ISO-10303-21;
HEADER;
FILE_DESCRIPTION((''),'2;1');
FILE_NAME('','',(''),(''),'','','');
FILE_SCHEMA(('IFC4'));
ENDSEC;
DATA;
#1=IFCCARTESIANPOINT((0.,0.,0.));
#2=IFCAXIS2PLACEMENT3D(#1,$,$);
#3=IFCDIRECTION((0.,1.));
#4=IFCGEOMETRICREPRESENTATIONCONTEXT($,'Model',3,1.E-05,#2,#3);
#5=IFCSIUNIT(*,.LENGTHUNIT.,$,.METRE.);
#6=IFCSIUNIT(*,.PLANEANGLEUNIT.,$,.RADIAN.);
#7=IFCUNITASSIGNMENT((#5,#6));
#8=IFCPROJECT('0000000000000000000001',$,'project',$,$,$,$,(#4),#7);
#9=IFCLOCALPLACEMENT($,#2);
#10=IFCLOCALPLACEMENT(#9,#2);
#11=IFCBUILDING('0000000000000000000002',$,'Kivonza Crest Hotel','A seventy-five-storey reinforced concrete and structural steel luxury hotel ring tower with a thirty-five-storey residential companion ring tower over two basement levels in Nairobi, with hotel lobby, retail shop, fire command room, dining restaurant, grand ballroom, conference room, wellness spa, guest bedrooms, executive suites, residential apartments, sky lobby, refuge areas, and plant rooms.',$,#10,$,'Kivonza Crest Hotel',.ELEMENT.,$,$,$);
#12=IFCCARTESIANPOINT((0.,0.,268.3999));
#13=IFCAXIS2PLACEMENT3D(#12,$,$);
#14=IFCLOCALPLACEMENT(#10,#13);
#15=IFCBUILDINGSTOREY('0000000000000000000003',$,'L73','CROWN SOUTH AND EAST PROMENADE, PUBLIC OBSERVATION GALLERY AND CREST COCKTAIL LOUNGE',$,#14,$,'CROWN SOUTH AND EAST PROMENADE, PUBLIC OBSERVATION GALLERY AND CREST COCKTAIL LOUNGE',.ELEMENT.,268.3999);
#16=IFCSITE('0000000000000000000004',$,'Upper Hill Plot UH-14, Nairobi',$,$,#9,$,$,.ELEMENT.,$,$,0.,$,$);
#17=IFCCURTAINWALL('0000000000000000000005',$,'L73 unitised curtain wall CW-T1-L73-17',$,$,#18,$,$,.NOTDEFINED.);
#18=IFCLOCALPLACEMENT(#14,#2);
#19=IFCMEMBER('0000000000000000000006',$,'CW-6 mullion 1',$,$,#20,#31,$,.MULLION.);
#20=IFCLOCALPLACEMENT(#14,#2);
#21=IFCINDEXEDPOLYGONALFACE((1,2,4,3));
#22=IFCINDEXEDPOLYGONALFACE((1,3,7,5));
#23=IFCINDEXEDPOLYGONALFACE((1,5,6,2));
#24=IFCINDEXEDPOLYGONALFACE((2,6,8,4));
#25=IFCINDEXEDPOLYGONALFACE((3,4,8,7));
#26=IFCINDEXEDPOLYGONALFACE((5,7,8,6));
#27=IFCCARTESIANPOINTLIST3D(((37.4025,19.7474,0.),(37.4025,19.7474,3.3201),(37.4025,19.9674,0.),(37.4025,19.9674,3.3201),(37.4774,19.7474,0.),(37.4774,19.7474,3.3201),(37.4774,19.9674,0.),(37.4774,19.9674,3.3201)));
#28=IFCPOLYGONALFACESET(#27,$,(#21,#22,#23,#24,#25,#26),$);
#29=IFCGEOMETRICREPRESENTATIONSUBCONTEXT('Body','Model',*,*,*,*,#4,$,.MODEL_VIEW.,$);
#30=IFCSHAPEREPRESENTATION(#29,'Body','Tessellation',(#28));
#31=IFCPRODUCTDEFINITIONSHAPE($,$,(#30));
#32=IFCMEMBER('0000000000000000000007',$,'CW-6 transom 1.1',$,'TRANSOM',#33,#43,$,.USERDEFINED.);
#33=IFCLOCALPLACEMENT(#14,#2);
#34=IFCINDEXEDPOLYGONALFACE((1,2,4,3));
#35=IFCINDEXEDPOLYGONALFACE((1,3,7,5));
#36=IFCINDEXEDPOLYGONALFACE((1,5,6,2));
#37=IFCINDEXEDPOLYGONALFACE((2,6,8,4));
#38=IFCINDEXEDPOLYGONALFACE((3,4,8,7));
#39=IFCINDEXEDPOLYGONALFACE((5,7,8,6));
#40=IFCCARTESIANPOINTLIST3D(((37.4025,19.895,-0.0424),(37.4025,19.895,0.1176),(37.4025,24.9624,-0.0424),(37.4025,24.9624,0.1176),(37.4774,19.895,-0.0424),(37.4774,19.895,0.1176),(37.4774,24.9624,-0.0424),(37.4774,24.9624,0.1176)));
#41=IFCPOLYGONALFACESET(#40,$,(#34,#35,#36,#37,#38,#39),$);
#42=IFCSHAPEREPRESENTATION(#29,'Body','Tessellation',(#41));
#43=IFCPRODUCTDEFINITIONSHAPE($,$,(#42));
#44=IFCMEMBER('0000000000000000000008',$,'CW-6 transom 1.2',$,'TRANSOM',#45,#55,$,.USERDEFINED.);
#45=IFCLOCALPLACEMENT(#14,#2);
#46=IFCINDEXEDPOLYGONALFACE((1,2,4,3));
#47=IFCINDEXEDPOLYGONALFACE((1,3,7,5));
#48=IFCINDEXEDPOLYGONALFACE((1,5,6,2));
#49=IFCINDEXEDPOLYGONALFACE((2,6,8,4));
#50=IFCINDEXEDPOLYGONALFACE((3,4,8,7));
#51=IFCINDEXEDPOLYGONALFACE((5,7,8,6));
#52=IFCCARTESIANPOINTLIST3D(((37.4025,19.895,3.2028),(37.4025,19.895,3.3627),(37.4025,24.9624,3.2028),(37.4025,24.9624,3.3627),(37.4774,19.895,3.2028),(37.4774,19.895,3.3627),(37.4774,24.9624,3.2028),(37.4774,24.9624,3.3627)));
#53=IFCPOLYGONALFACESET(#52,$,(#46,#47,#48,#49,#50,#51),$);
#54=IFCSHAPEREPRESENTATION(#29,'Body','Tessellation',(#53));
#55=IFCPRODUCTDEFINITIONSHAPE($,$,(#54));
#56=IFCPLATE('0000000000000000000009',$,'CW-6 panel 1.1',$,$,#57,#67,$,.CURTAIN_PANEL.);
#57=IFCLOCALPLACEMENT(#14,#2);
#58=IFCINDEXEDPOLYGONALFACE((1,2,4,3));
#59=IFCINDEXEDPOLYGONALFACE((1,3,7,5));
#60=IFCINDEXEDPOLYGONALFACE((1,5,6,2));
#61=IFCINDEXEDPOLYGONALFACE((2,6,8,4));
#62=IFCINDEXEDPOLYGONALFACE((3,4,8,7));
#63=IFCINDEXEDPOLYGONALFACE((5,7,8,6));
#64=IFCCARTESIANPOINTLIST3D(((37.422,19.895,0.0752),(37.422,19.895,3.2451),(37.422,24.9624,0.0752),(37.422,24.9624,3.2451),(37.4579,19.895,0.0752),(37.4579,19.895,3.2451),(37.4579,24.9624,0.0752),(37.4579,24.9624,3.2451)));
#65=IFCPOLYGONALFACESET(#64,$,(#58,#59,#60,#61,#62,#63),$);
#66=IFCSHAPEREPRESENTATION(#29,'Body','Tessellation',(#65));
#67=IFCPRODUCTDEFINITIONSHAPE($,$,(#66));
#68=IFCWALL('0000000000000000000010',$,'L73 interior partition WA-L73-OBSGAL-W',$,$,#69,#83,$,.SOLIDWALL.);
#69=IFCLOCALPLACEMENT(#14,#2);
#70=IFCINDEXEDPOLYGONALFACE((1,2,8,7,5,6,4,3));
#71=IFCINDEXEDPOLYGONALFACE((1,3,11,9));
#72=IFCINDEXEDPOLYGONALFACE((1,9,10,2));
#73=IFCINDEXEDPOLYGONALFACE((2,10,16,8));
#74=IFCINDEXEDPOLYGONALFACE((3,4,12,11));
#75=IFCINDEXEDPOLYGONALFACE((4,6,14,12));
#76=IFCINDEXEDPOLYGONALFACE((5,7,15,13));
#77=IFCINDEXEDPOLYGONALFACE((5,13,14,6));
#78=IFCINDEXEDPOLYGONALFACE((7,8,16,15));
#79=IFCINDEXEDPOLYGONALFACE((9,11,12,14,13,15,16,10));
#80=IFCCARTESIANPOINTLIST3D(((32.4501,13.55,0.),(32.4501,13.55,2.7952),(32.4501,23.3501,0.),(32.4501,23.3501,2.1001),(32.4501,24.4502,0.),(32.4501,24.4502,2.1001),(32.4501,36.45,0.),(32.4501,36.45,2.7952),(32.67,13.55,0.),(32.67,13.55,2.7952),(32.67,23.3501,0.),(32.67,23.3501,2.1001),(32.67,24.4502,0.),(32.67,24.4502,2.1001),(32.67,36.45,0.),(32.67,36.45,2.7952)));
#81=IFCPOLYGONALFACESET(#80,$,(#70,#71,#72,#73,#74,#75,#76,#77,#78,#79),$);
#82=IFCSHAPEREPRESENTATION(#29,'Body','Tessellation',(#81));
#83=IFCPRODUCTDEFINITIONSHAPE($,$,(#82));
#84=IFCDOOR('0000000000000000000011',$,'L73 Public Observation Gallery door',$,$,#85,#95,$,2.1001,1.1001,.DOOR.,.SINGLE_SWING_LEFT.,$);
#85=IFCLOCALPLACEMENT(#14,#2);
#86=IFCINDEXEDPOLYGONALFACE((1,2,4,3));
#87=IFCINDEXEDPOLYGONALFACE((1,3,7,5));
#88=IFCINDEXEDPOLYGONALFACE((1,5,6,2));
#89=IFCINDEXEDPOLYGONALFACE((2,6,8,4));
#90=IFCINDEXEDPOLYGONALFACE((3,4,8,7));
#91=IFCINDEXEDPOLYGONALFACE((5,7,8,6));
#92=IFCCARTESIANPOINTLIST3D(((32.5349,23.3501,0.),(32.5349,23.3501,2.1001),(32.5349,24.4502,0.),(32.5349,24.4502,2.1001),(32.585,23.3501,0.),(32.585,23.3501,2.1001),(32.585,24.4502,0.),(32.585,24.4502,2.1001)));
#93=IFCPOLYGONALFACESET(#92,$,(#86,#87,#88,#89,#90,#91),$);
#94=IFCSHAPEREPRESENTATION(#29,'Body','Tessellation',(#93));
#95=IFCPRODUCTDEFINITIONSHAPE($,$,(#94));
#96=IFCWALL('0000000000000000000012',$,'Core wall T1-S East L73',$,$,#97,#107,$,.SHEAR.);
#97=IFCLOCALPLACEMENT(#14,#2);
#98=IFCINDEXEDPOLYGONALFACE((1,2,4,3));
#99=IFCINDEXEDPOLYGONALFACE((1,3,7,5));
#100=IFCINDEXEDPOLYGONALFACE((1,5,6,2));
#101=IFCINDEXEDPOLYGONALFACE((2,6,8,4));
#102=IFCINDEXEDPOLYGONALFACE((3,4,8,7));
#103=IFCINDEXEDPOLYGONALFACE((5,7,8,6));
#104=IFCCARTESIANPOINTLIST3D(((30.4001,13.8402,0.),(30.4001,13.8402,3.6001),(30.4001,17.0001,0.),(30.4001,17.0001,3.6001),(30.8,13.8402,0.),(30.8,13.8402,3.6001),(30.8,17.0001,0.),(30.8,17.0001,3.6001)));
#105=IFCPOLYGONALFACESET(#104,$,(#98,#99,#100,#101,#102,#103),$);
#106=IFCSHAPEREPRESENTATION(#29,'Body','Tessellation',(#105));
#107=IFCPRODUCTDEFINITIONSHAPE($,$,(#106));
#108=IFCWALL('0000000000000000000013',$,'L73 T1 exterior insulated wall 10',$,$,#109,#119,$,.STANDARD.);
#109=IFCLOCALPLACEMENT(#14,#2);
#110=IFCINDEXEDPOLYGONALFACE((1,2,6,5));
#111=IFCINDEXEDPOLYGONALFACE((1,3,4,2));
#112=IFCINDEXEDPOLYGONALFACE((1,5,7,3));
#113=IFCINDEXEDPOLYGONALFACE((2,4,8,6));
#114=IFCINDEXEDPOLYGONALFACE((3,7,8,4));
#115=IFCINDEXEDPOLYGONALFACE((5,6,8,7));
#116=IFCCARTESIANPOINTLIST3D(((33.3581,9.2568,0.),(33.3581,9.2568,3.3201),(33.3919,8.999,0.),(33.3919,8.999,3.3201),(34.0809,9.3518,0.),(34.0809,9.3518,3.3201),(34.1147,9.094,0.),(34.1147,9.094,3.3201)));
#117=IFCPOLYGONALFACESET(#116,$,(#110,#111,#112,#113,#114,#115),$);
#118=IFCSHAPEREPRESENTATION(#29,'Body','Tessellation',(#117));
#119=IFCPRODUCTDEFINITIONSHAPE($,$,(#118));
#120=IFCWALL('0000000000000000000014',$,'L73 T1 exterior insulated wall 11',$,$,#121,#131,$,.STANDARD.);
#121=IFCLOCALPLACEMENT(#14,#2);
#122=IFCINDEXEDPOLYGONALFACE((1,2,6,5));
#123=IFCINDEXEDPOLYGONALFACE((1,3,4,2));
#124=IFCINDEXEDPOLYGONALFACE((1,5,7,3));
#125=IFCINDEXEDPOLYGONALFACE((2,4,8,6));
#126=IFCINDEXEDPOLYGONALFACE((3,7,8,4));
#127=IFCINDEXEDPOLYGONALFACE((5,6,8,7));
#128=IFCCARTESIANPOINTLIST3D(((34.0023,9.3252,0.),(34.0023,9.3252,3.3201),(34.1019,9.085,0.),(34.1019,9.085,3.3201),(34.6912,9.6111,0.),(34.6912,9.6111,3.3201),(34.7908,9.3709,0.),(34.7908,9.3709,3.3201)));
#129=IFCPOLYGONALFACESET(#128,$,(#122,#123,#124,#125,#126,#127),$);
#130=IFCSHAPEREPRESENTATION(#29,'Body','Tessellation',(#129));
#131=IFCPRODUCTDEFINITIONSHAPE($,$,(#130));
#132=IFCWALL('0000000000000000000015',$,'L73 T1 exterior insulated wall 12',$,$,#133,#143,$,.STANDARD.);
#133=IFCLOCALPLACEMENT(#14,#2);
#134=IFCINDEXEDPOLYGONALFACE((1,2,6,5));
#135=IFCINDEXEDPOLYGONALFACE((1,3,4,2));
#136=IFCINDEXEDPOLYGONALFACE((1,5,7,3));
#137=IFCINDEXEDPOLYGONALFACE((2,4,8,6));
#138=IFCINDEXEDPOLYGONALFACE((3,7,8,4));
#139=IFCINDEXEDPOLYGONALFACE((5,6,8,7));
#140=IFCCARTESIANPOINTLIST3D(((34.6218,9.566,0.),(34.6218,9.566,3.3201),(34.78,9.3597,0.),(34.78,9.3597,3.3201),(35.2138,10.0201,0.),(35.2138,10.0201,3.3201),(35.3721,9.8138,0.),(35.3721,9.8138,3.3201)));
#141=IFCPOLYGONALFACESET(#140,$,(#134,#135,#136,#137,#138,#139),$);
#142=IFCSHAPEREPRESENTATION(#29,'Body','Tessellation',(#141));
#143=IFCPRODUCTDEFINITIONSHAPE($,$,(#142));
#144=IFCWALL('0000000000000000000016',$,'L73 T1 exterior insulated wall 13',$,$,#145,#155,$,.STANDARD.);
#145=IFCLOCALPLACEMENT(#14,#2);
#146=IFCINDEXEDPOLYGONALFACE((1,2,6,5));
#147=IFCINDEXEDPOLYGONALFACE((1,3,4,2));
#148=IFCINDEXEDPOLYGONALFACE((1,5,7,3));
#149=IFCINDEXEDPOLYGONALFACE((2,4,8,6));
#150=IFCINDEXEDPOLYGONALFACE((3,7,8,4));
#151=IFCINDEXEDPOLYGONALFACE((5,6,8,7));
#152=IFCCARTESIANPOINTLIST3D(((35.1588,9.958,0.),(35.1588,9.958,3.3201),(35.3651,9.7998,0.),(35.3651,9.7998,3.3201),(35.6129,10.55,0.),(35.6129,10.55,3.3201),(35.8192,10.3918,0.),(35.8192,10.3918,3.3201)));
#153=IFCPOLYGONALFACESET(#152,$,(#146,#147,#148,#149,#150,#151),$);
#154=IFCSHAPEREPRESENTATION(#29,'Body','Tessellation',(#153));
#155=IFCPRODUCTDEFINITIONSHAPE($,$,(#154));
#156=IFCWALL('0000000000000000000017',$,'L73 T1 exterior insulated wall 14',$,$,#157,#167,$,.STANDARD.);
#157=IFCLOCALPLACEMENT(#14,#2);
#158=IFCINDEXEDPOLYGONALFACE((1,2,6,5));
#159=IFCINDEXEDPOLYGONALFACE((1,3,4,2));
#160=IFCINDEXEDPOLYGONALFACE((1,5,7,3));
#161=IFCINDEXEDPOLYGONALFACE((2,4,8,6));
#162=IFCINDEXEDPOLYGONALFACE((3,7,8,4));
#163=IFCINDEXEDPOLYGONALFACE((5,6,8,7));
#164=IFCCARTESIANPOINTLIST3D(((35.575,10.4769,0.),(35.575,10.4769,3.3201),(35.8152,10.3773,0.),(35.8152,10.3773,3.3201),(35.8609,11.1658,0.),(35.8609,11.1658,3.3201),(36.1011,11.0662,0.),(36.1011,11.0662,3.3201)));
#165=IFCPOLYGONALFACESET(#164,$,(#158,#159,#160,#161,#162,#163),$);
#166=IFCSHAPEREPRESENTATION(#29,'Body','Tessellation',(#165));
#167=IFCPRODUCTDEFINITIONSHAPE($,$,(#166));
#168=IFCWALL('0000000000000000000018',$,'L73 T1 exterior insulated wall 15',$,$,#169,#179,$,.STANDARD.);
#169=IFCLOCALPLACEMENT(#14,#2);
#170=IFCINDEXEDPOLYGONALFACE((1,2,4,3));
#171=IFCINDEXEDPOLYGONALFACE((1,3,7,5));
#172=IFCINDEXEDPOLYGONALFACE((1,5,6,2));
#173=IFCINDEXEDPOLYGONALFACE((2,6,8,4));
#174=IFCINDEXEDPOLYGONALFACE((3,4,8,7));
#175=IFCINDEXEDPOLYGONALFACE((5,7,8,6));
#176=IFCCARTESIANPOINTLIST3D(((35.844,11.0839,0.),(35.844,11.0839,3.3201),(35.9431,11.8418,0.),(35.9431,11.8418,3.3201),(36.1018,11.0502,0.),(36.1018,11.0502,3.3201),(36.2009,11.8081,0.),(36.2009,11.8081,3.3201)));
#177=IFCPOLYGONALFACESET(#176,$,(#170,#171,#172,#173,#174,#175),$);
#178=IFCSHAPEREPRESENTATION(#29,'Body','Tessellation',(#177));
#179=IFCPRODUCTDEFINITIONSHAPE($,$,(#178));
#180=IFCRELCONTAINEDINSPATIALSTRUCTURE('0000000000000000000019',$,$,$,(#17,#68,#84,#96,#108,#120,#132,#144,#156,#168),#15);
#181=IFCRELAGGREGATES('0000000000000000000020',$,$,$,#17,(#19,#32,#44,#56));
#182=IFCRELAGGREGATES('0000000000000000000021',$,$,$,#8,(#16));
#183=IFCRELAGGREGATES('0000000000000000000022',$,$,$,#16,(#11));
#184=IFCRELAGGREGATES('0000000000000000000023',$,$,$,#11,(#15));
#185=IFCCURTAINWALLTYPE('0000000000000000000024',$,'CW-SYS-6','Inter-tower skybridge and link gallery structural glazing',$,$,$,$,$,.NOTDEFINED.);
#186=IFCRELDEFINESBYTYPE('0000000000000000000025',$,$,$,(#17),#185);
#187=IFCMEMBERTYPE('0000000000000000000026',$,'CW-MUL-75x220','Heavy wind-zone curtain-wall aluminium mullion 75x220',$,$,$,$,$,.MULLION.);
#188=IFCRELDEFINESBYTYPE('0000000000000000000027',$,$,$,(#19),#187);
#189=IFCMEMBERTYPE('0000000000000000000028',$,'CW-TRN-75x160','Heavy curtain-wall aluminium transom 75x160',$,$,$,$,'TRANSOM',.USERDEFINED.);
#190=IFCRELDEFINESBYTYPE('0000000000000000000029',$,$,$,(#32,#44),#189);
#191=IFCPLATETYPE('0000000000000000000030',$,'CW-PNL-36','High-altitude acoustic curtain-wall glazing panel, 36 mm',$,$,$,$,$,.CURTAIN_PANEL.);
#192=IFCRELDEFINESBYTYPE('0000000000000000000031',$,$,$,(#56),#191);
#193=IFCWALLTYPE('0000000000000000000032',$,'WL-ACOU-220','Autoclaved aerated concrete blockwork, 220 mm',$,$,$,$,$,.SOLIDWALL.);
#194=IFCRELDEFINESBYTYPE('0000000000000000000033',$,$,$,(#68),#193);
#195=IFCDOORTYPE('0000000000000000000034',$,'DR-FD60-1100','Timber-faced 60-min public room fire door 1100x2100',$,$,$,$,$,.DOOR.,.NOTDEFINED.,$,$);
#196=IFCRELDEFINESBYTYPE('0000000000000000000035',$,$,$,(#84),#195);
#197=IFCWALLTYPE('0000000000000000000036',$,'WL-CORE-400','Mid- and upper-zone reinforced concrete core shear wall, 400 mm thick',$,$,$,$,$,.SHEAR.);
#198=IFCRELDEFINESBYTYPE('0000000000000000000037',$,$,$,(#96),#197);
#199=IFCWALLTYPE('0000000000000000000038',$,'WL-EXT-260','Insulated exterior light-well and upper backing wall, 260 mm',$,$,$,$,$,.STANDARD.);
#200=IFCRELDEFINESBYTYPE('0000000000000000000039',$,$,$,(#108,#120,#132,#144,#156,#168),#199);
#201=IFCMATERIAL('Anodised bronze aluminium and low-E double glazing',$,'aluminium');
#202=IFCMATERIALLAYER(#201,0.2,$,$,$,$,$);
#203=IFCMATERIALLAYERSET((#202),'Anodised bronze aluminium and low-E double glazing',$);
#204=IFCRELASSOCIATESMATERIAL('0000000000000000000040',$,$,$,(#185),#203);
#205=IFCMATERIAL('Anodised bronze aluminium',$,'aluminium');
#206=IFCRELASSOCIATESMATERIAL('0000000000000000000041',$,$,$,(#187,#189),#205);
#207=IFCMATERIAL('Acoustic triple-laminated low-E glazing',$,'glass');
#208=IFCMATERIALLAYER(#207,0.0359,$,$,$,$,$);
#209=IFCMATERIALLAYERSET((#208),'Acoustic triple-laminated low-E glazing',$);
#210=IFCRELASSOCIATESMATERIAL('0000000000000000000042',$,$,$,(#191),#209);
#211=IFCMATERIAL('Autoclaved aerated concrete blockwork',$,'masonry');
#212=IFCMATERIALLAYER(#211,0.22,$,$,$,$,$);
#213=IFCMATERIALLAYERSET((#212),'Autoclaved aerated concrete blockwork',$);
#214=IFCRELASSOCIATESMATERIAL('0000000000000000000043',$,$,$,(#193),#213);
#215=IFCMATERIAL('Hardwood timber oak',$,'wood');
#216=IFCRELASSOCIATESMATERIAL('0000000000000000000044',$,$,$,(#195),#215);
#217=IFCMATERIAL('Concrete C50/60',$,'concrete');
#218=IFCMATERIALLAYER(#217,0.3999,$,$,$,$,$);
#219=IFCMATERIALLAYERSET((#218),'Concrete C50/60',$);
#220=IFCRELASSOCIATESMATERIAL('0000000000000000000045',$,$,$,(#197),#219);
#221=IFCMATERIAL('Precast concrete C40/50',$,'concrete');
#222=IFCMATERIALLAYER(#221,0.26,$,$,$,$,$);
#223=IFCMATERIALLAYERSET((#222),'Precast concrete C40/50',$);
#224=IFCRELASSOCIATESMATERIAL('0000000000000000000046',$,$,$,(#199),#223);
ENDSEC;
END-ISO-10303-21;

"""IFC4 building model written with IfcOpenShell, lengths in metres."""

from ifc_helpers import new_model, si_unit, direction, frame, frame_2d, origin, origin_2d, place, context, subcontext, project, spatial, rectangle, extrude, material, layer, layer_set, material_profile, profile_set, type_object, element, fill, aggregate, save


model = new_model("IFC4")

# Units and contexts
model_context = context("Model", 3, precision=1e-05, world=origin(), true_north=direction((0.0, 1.0)))
body_context = subcontext(model_context, "Body", "Model", "MODEL_VIEW")
ifc_project = project(units=[si_unit("LENGTHUNIT", "METRE"), si_unit("PLANEANGLEUNIT", "RADIAN")], contexts=[model_context])

# Site, building, storey
site_placement = place(None, origin())
site = spatial("IfcSite", under=ifc_project, at=site_placement, Name="Upper Hill Plot UH-14, Nairobi", CompositionType="ELEMENT", RefElevation=0.0)
building_placement = place(site_placement, origin())
building = spatial("IfcBuilding", under=site, at=building_placement, Name="Kivonza Crest Hotel", Description="A seventy-five-storey reinforced concrete and structural steel luxury hotel ring tower with a thirty-five-storey residential companion ring tower over two basement levels in Nairobi, with hotel lobby, retail shop, fire command room, dining restaurant, grand ballroom, conference room, wellness spa, guest bedrooms, executive suites, residential apartments, sky lobby, refuge areas, and plant rooms.", LongName="Kivonza Crest Hotel", CompositionType="ELEMENT")
storey_placement = place(building_placement, frame((0.0, 0.0, 268.3999)))
storey = spatial("IfcBuildingStorey", under=building, at=storey_placement, Name="L73", Description="CROWN SOUTH AND EAST PROMENADE, PUBLIC OBSERVATION GALLERY AND CREST COCKTAIL LOUNGE", LongName="CROWN SOUTH AND EAST PROMENADE, PUBLIC OBSERVATION GALLERY AND CREST COCKTAIL LOUNGE", CompositionType="ELEMENT", Elevation=268.3999)

# Shared definitions
ifc_material_1 = material(Name="Concrete C50/60", Category="concrete")

# Curtain wall, members, plate
ifc_material_2 = material(Name="Anodised bronze aluminium and low-E double glazing", Category="aluminium")
ifc_layer_1 = layer(ifc_material_2, 0.2)
ifc_layer_set_1 = layer_set([ifc_layer_1], Name="Anodised bronze aluminium and low-E double glazing")
curtain_wall_type = type_object("IfcCurtainWallType", Name="CW-SYS-6", Description="Inter-tower skybridge and link gallery structural glazing", PredefinedType="NOTDEFINED", material=ifc_layer_set_1)
curtain_wall_placement = place(storey_placement, origin())
curtain_wall = element("IfcCurtainWall", 1, at=curtain_wall_placement, inside=storey, type_object=curtain_wall_type, Name="L73 unitised curtain wall CW-T1-L73-17", PredefinedType="NOTDEFINED")
ifc_material_3 = material(Name="Anodised bronze aluminium", Category="aluminium")
ifc_material_profile_1 = material_profile(ifc_material_3, rectangle(XDim=0.075, YDim=0.22, at=origin_2d()), Name="CW-M 75x220")
ifc_profile_set_1 = profile_set([ifc_material_profile_1], Name="Anodised bronze aluminium")
member_type_1 = type_object("IfcMemberType", Name="CW-MUL-75x220", Description="Heavy wind-zone curtain-wall aluminium mullion 75x220", PredefinedType="MULLION", material=ifc_profile_set_1)
member_1_placement = place(storey_placement, frame((37.4399, 19.8574, 0.0), z_axis=(0.0, 0.0, 1.0), x_axis=(-1.0, 0.0, 0.0)))
member_1 = element("IfcMember", 2, at=member_1_placement, type_object=member_type_1, Name="CW-6 mullion 1", PredefinedType="MULLION", context=body_context, shape_type="SweptSolid", body=[
    extrude(rectangle(XDim=0.075, YDim=0.22, at=origin_2d()), origin(), (0.0, 0.0, 1.0), 3.3201),
])
ifc_material_profile_2 = material_profile(ifc_material_3, rectangle(XDim=0.075, YDim=0.1599, at=origin_2d()), Name="CW-T 75x160")
ifc_profile_set_2 = profile_set([ifc_material_profile_2], Name="Anodised bronze aluminium")
member_type_2 = type_object("IfcMemberType", Name="CW-TRN-75x160", Description="Heavy curtain-wall aluminium transom 75x160", ElementType="TRANSOM", PredefinedType="USERDEFINED", material=ifc_profile_set_2)
member_2_placement = place(storey_placement, frame((37.4399, 19.895, 0.0376), z_axis=(0.0, 1.0, 0.0), x_axis=(-1.0, 0.0, 0.0)))
member_2 = element("IfcMember", 3, at=member_2_placement, type_object=member_type_2, Name="CW-6 transom 1.1", ObjectType="TRANSOM", PredefinedType="USERDEFINED", context=body_context, shape_type="SweptSolid", body=[
    extrude(rectangle(XDim=0.075, YDim=0.1599, at=origin_2d()), origin(), (0.0, 0.0, 1.0), 5.0674),
])
member_3_placement = place(storey_placement, frame((37.4399, 19.895, 3.2827), z_axis=(0.0, 1.0, 0.0), x_axis=(-1.0, 0.0, 0.0)))
member_3 = element("IfcMember", 4, at=member_3_placement, type_object=member_type_2, Name="CW-6 transom 1.2", ObjectType="TRANSOM", PredefinedType="USERDEFINED", context=body_context, shape_type="SweptSolid", body=[
    extrude(rectangle(XDim=0.075, YDim=0.1599, at=origin_2d()), origin(), (0.0, 0.0, 1.0), 5.0674),
])
ifc_material_4 = material(Name="Acoustic triple-laminated low-E glazing", Category="glass")
ifc_layer_2 = layer(ifc_material_4, 0.0359)
ifc_layer_set_2 = layer_set([ifc_layer_2], Name="Acoustic triple-laminated low-E glazing")
plate_type = type_object("IfcPlateType", Name="CW-PNL-36", Description="High-altitude acoustic curtain-wall glazing panel, 36 mm", PredefinedType="CURTAIN_PANEL", material=ifc_layer_set_2)
plate_placement = place(storey_placement, frame((37.4399, 22.4287, 0.0752), z_axis=(0.0, 0.0, 1.0), x_axis=(0.0, 1.0, 0.0)))
plate = element("IfcPlate", 5, at=plate_placement, type_object=plate_type, Name="CW-6 panel 1.1", PredefinedType="CURTAIN_PANEL", context=body_context, shape_type="SweptSolid", body=[
    extrude(rectangle(XDim=5.0674, YDim=0.0359, at=origin_2d()), origin(), (0.0, 0.0, 1.0), 3.1699),
])
aggregate(curtain_wall, [member_1, member_2, member_3, plate])

# Wall, opening, door
ifc_material_5 = material(Name="Autoclaved aerated concrete blockwork", Category="masonry")
ifc_layer_3 = layer(ifc_material_5, 0.22)
ifc_layer_set_3 = layer_set([ifc_layer_3], Name="Autoclaved aerated concrete blockwork")
wall_type_1 = type_object("IfcWallType", Name="WL-ACOU-220", Description="Autoclaved aerated concrete blockwork, 220 mm", PredefinedType="SOLIDWALL", material=ifc_layer_set_3)
wall_1_placement = place(storey_placement, frame((32.5601, 13.55, 0.0), z_axis=(0.0, 0.0, 1.0), x_axis=(0.0, 1.0, 0.0)))
wall_1 = element("IfcWall", 6, at=wall_1_placement, inside=storey, type_object=wall_type_1, Name="L73 interior partition WA-L73-OBSGAL-W", PredefinedType="SOLIDWALL", context=body_context, shape_type="SweptSolid", body=[
    extrude(rectangle(XDim=22.8999, YDim=0.22, at=frame_2d((11.45, 0.0))), origin(), (0.0, 0.0, 1.0), 2.7952),
])
opening_1_placement = place(wall_1_placement, frame((9.8, 0.0, 0.0)))
opening_1 = element("IfcOpeningElement", 7, at=opening_1_placement, cuts=wall_1, PredefinedType="OPENING", context=body_context, shape_type="SweptSolid", body=[
    extrude(rectangle(XDim=1.1001, YDim=2.1001, at=frame_2d((0.55, 1.05))), frame((0.0, 0.1201, 0.0), z_axis=(0.0, -1.0, 0.0), x_axis=(1.0, 0.0, 0.0)), (0.0, 0.0, 1.0), 0.24),
])
ifc_material_6 = material(Name="Hardwood timber oak", Category="wood")
door_type = type_object("IfcDoorType", Name="DR-FD60-1100", Description="Timber-faced 60-min public room fire door 1100x2100", OperationType="NOTDEFINED", PredefinedType="DOOR", material=ifc_material_6)
door_placement = place(opening_1_placement, frame((1.1001, 0.0, 0.0), z_axis=(0.0, 0.0, 1.0), x_axis=(-1.0, 0.0, 0.0)))
door = element("IfcDoor", 8, at=door_placement, inside=storey, type_object=door_type, Name="L73 Public Observation Gallery door", OperationType="SINGLE_SWING_LEFT", OverallHeight=2.1001, OverallWidth=1.1001, PredefinedType="DOOR", context=body_context, shape_type="SweptSolid", body=[
    extrude(rectangle(XDim=1.1001, YDim=2.1001, at=frame_2d((0.55, 1.05))), frame((0.0, 0.0249, 0.0), z_axis=(0.0, -1.0, 0.0), x_axis=(1.0, 0.0, 0.0)), (0.0, 0.0, 1.0), 0.05),
])
fill(opening_1, door)

# Walls
ifc_layer_4 = layer(ifc_material_1, 0.3999)
ifc_layer_set_4 = layer_set([ifc_layer_4], Name="Concrete C50/60")
wall_type_2 = type_object("IfcWallType", Name="WL-CORE-400", Description="Mid- and upper-zone reinforced concrete core shear wall, 400 mm thick", PredefinedType="SHEAR", material=ifc_layer_set_4)
wall_2_placement = place(storey_placement, frame((30.6001, 13.8401, 0.0), z_axis=(0.0, 0.0, 1.0), x_axis=(0.0, 1.0, 0.0)))
element("IfcWall", 9, at=wall_2_placement, inside=storey, type_object=wall_type_2, Name="Core wall T1-S East L73", PredefinedType="SHEAR", context=body_context, shape_type="SweptSolid", body=[
    extrude(rectangle(XDim=3.1599, YDim=0.3999, at=frame_2d((1.5801, 0.0))), origin(), (0.0, 0.0, 1.0), 3.6001),
])
ifc_material_7 = material(Name="Precast concrete C40/50", Category="concrete")
ifc_layer_5 = layer(ifc_material_7, 0.26)
ifc_layer_set_5 = layer_set([ifc_layer_5], Name="Precast concrete C40/50")
wall_type_3 = type_object("IfcWallType", Name="WL-EXT-260", Description="Insulated exterior light-well and upper backing wall, 260 mm", PredefinedType="STANDARD", material=ifc_layer_set_5)
wall_3_placement = place(storey_placement, frame((33.375, 9.1279, 0.0), z_axis=(0.0, 0.0, 1.0), x_axis=(0.99148, 0.130255, 0.0)))
element("IfcWall", 10, at=wall_3_placement, inside=storey, type_object=wall_type_3, Name="L73 T1 exterior insulated wall 10", PredefinedType="STANDARD", context=body_context, shape_type="SweptSolid", body=[
    extrude(rectangle(XDim=0.729, YDim=0.26, at=frame_2d((0.3645, 0.0))), origin(), (0.0, 0.0, 1.0), 3.3201),
])
wall_4_placement = place(storey_placement, frame((34.052, 9.2051, 0.0), z_axis=(0.0, 0.0, 1.0), x_axis=(0.923638, 0.383267, 0.0)))
element("IfcWall", 11, at=wall_4_placement, inside=storey, type_object=wall_type_3, Name="L73 T1 exterior insulated wall 11", PredefinedType="STANDARD", context=body_context, shape_type="SweptSolid", body=[
    extrude(rectangle(XDim=0.7458, YDim=0.26, at=frame_2d((0.373, 0.0))), origin(), (0.0, 0.0, 1.0), 3.3201),
])
for number, where, z_axis, x_axis, name in (
    (12, (34.7009, 9.4629, 0.0), (0.0, 0.0, 1.0), (0.793475, 0.608603, 0.0), "L73 T1 exterior insulated wall 12"),
    (13, (35.262, 9.8789, 0.0), (0.0, 0.0, 1.0), (0.608603, 0.793475, 0.0), "L73 T1 exterior insulated wall 13"),
):
    element("IfcWall", number, at=place(storey_placement, frame(where, z_axis=z_axis, x_axis=x_axis)), inside=storey, type_object=wall_type_3, Name=name, PredefinedType="STANDARD", context=body_context, shape_type="SweptSolid", body=[
        extrude(rectangle(XDim=0.7461, YDim=0.26, at=frame_2d((0.373, 0.0))), origin(), (0.0, 0.0, 1.0), 3.3201),
    ])
wall_5_placement = place(storey_placement, frame((35.6951, 10.427, 0.0), z_axis=(0.0, 0.0, 1.0), x_axis=(0.383267, 0.923638, 0.0)))
element("IfcWall", 14, at=wall_5_placement, inside=storey, type_object=wall_type_3, Name="L73 T1 exterior insulated wall 14", PredefinedType="STANDARD", context=body_context, shape_type="SweptSolid", body=[
    extrude(rectangle(XDim=0.7458, YDim=0.26, at=frame_2d((0.373, 0.0))), origin(), (0.0, 0.0, 1.0), 3.3201),
])
wall_6_placement = place(storey_placement, frame((35.9729, 11.0669, 0.0), z_axis=(0.0, 0.0, 1.0), x_axis=(0.129653, 0.991559, 0.0)))
element("IfcWall", 15, at=wall_6_placement, inside=storey, type_object=wall_type_3, Name="L73 T1 exterior insulated wall 15", PredefinedType="STANDARD", context=body_context, shape_type="SweptSolid", body=[
    extrude(rectangle(XDim=0.7644, YDim=0.26, at=frame_2d((0.3823, 0.0))), origin(), (0.0, 0.0, 1.0), 3.3201),
])

save(model, "model.ifc")
